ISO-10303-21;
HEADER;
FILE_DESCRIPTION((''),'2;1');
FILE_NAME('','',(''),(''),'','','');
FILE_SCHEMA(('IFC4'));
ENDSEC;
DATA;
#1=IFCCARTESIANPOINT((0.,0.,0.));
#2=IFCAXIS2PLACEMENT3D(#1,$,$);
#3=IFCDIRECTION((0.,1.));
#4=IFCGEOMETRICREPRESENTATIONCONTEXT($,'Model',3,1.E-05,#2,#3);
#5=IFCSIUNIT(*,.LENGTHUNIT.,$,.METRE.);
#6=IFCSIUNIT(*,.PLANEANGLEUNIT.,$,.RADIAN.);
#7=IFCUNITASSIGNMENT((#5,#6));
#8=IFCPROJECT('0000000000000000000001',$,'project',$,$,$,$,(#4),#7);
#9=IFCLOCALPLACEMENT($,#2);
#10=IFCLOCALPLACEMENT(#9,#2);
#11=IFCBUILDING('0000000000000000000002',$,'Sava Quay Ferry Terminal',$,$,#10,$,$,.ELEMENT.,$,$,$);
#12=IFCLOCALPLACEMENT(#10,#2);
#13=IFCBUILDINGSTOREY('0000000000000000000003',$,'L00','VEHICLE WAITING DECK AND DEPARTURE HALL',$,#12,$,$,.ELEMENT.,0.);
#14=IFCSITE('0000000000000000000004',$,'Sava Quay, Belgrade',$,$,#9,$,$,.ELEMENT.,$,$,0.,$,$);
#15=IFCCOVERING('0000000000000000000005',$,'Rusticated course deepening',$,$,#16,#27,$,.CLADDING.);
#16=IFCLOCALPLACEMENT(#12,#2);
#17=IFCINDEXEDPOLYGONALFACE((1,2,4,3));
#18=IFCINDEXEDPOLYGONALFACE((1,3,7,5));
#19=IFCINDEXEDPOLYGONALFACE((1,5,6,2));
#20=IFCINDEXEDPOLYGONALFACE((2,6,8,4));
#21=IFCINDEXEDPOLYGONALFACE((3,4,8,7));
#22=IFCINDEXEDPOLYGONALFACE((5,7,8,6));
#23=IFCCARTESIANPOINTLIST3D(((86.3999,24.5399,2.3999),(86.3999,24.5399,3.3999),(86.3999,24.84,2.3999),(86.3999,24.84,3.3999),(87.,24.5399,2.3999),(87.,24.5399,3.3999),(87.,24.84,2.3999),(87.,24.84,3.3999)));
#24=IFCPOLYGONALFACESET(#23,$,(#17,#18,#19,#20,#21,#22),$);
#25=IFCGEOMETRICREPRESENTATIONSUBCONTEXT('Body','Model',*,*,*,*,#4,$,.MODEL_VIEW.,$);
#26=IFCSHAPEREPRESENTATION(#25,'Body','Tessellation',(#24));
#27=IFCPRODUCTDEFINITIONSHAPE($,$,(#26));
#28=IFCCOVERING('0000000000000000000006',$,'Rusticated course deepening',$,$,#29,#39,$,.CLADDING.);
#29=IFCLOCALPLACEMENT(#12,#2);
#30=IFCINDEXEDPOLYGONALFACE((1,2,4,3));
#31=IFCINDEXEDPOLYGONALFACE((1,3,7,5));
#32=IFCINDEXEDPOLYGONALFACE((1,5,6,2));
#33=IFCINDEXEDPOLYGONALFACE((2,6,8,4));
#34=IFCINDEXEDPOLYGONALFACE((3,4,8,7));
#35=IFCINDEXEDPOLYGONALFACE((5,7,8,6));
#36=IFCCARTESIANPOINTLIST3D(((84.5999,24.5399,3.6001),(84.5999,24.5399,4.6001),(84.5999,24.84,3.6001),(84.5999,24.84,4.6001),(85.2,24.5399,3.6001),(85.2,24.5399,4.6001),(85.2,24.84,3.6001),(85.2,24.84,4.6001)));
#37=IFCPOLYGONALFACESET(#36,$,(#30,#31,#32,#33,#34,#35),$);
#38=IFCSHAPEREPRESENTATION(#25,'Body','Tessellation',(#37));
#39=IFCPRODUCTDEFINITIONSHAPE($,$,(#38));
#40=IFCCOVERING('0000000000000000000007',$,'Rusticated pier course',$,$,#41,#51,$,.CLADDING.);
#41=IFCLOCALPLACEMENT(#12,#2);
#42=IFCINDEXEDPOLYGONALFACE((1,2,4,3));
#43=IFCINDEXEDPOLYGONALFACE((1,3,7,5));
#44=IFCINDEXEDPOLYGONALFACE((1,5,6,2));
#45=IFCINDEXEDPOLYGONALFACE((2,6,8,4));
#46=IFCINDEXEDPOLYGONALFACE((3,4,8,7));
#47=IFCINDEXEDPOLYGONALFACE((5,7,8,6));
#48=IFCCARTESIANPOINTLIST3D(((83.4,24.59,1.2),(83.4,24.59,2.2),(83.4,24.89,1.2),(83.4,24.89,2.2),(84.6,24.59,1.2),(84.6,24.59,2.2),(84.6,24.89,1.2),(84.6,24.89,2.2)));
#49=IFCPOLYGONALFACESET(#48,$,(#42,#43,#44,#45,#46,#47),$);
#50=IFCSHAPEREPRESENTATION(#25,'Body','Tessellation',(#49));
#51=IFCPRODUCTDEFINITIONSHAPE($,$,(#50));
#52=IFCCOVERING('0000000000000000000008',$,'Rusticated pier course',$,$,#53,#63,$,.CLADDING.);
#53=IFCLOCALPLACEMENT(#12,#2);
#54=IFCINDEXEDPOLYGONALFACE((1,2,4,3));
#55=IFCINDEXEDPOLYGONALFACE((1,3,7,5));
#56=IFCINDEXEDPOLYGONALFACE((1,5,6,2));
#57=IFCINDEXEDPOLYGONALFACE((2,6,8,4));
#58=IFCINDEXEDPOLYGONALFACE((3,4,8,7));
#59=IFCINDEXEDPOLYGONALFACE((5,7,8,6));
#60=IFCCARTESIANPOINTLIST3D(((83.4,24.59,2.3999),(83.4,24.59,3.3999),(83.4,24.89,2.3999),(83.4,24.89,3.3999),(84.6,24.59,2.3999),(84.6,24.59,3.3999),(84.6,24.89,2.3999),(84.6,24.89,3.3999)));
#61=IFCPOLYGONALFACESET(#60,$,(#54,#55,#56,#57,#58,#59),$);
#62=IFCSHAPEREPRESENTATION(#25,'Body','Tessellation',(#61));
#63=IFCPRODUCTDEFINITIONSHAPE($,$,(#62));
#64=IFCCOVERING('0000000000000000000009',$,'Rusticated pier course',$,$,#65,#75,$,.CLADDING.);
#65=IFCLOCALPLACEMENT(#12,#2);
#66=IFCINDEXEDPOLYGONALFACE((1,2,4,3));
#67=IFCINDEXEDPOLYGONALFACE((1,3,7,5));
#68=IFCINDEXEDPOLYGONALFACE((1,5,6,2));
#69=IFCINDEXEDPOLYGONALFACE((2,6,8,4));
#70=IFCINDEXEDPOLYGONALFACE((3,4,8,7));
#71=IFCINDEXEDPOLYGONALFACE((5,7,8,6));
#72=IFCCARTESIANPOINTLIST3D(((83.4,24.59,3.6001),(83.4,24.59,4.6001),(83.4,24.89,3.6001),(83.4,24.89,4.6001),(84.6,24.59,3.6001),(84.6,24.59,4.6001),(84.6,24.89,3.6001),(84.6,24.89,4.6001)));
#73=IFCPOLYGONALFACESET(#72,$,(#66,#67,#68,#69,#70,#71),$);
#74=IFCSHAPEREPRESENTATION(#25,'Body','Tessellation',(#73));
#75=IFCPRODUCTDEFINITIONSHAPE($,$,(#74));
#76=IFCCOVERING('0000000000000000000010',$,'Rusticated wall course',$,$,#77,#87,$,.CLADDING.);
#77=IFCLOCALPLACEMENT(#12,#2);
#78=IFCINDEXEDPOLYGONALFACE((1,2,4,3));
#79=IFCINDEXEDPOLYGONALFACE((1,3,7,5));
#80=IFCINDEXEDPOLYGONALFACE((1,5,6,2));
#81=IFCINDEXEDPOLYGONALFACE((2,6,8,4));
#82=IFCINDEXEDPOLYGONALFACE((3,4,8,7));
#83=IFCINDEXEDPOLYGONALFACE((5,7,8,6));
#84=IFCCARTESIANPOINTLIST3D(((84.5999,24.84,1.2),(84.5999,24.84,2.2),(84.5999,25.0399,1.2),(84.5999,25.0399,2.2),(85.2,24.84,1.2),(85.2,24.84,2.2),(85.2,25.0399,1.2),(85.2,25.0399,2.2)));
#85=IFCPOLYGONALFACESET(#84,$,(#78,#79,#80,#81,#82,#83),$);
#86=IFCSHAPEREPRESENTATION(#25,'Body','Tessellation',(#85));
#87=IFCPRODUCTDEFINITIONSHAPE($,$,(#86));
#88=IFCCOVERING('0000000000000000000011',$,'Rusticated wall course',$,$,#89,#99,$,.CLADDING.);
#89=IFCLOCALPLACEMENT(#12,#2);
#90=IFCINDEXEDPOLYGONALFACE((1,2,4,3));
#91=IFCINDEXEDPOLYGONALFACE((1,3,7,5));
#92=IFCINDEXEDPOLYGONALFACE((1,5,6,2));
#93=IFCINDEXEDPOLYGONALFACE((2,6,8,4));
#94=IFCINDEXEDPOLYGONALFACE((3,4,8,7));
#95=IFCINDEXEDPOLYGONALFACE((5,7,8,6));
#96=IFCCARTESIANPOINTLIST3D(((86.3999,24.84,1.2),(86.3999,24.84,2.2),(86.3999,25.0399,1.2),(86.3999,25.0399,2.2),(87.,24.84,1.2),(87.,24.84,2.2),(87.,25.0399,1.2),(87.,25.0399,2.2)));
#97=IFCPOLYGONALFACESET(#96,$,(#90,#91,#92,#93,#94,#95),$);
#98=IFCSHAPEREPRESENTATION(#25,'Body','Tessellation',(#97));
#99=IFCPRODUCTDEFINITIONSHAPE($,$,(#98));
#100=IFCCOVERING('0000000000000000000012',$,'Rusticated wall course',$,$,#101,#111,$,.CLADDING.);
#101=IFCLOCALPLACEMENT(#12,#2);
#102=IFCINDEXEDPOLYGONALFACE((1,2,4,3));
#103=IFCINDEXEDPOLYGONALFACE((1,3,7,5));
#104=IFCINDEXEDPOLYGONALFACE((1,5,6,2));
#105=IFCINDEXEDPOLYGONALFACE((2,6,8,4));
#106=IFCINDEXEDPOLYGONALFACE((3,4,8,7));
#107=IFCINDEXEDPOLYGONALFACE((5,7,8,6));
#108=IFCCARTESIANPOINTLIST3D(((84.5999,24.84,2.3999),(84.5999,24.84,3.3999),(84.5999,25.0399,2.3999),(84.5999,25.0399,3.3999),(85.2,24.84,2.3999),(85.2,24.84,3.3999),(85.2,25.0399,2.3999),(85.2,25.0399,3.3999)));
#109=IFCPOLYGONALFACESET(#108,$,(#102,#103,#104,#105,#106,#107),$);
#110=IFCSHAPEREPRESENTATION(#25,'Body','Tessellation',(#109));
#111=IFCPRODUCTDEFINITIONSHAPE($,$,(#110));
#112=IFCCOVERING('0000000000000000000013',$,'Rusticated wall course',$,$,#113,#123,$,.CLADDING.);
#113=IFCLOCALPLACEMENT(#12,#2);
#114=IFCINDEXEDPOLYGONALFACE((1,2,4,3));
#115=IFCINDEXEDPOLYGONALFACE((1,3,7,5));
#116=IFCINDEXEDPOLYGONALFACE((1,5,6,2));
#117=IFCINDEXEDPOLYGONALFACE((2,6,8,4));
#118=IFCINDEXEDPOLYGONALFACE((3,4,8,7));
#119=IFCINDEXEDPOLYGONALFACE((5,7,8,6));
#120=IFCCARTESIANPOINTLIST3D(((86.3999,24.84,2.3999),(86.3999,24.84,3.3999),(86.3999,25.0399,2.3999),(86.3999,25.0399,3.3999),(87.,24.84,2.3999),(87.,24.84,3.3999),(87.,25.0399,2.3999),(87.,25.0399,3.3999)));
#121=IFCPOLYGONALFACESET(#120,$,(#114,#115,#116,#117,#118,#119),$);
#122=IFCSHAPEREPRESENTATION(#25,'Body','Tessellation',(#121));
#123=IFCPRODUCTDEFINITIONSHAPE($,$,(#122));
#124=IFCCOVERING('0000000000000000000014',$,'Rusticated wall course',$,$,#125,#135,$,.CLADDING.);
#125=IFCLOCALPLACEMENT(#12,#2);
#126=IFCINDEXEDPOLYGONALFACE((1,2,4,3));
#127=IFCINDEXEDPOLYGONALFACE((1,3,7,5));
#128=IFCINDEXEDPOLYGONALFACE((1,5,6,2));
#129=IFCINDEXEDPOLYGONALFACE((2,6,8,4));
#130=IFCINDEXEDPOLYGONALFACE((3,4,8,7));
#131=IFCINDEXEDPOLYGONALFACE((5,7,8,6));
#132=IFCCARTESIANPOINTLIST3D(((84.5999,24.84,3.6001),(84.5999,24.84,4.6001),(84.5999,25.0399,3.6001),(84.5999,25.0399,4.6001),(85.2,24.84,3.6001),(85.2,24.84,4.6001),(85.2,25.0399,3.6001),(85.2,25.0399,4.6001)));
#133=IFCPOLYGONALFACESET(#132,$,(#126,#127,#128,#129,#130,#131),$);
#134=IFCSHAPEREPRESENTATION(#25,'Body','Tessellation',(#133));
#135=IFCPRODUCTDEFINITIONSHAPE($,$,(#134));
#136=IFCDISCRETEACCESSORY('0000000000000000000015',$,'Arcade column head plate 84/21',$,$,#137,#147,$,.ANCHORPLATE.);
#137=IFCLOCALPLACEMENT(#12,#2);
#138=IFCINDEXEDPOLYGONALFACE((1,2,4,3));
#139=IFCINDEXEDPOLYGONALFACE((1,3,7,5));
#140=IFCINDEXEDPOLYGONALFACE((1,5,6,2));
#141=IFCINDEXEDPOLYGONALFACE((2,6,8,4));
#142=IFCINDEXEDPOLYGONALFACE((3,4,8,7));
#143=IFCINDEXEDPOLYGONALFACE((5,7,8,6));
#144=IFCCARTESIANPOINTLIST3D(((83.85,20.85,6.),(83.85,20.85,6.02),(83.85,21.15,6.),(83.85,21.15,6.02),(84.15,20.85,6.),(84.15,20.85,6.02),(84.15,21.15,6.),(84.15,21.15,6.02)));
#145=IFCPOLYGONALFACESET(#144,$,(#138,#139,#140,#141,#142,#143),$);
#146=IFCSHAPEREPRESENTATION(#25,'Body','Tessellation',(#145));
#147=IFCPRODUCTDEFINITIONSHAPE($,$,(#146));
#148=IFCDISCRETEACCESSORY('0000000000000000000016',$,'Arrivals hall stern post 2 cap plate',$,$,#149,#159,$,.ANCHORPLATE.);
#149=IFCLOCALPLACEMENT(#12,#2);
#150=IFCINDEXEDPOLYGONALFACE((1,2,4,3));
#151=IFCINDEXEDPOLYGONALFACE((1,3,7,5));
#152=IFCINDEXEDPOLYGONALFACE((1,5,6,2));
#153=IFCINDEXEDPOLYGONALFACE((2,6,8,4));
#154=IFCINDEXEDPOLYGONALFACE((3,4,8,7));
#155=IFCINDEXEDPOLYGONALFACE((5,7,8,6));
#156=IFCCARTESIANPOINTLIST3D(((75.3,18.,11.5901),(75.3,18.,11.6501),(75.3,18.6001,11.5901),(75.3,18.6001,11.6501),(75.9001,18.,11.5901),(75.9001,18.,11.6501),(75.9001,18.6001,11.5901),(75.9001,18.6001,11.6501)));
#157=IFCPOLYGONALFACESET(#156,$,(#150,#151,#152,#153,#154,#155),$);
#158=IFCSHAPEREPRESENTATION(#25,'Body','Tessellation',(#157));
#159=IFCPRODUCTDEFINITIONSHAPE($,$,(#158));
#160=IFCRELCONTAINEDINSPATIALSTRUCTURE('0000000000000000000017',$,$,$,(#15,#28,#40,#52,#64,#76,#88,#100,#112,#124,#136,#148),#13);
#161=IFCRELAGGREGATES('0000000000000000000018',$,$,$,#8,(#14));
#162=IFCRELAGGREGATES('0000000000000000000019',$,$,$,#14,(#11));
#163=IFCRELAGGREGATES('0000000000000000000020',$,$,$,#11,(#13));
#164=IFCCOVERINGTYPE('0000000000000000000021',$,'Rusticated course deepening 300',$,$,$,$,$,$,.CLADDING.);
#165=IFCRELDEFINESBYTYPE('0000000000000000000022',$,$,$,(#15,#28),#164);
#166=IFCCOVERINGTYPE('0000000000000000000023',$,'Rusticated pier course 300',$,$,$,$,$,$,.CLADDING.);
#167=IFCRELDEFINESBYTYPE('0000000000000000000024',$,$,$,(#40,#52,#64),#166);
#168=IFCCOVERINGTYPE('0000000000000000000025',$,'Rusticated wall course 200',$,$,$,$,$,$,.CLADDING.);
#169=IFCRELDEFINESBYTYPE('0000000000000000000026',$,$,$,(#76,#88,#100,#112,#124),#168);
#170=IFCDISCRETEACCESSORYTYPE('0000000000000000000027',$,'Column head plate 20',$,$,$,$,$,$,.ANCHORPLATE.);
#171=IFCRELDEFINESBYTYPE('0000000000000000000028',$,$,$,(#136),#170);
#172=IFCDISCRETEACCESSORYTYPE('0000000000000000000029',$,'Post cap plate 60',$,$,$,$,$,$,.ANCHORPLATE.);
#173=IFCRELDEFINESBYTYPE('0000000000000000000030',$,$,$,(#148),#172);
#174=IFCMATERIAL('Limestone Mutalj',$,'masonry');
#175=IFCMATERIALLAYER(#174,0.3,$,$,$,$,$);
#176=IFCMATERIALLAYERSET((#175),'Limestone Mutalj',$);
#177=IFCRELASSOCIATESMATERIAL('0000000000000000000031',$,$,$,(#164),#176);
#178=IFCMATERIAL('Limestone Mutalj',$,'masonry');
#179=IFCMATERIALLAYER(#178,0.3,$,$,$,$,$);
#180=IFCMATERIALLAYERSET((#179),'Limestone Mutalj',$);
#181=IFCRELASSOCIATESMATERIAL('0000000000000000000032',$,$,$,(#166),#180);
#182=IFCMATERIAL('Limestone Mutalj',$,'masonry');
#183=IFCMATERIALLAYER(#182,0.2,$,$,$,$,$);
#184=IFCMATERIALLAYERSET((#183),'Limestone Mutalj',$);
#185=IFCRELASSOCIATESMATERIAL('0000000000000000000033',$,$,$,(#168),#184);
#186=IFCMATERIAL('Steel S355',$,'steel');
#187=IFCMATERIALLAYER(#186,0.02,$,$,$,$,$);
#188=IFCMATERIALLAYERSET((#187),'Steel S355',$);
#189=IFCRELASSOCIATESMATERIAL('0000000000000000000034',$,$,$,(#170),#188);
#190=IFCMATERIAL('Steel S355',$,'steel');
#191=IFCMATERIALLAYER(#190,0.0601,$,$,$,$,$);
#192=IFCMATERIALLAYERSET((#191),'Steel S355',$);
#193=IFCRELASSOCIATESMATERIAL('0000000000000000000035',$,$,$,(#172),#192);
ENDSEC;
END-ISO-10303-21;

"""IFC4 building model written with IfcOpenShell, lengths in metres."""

from ifc_helpers import new_model, si_unit, direction, frame, origin, origin_2d, place, context, subcontext, project, spatial, rectangle, extrude, material, layer, layer_set, type_object, element, save


model = new_model("IFC4")

# Units and contexts
model_context = context("Model", 3, precision=1e-05, world=origin(), true_north=direction((0.0, 1.0)))
body_context = subcontext(model_context, "Body", "Model", "MODEL_VIEW")
ifc_project = project(units=[si_unit("LENGTHUNIT", "METRE"), si_unit("PLANEANGLEUNIT", "RADIAN")], contexts=[model_context])

# Site, building, storey
site_placement = place(None, origin())
site = spatial("IfcSite", under=ifc_project, at=site_placement, Name="Sava Quay, Belgrade", CompositionType="ELEMENT", RefElevation=0.0)
building_placement = place(site_placement, origin())
building = spatial("IfcBuilding", under=site, at=building_placement, Name="Sava Quay Ferry Terminal", CompositionType="ELEMENT")
storey_placement = place(building_placement, origin())
storey = spatial("IfcBuildingStorey", under=building, at=storey_placement, Name="L00", Description="VEHICLE WAITING DECK AND DEPARTURE HALL", CompositionType="ELEMENT", Elevation=0.0)

# Coverings
ifc_material_1 = material(Name="Limestone Mutalj", Category="masonry")
ifc_layer_1 = layer(ifc_material_1, 0.3)
ifc_layer_set_1 = layer_set([ifc_layer_1], Name="Limestone Mutalj")
covering_type_1 = type_object("IfcCoveringType", Name="Rusticated course deepening 300", PredefinedType="CLADDING", material=ifc_layer_set_1)
for number, where, z_axis, x_axis, name in (
    (1, (86.7, 24.6899, 2.3999), (0.0, 0.0, 1.0), (1.0, 0.0, 0.0), "Rusticated course deepening"),
    (2, (84.8999, 24.6899, 3.6001), (0.0, 0.0, 1.0), (1.0, 0.0, 0.0), "Rusticated course deepening"),
):
    element("IfcCovering", number, at=place(storey_placement, frame(where, z_axis=z_axis, x_axis=x_axis)), inside=storey, type_object=covering_type_1, Name=name, PredefinedType="CLADDING", context=body_context, shape_type="SweptSolid", body=[
        extrude(rectangle(XDim=0.6001, YDim=0.3, at=origin_2d()), origin(), (0.0, 0.0, 1.0), 1.0),
    ])
ifc_material_2 = material(Name="Limestone Mutalj", Category="masonry")
ifc_layer_2 = layer(ifc_material_2, 0.3)
ifc_layer_set_2 = layer_set([ifc_layer_2], Name="Limestone Mutalj")
covering_type_2 = type_object("IfcCoveringType", Name="Rusticated pier course 300", PredefinedType="CLADDING", material=ifc_layer_set_2)
for number, where, z_axis, x_axis, name in (
    (3, (84.0, 24.74, 1.2), (0.0, 0.0, 1.0), (1.0, 0.0, 0.0), "Rusticated pier course"),
    (4, (84.0, 24.74, 2.3999), (0.0, 0.0, 1.0), (1.0, 0.0, 0.0), "Rusticated pier course"),
    (5, (84.0, 24.74, 3.6001), (0.0, 0.0, 1.0), (1.0, 0.0, 0.0), "Rusticated pier course"),
):
    element("IfcCovering", number, at=place(storey_placement, frame(where, z_axis=z_axis, x_axis=x_axis)), inside=storey, type_object=covering_type_2, Name=name, PredefinedType="CLADDING", context=body_context, shape_type="SweptSolid", body=[
        extrude(rectangle(XDim=1.2, YDim=0.3, at=origin_2d()), origin(), (0.0, 0.0, 1.0), 1.0),
    ])
ifc_material_3 = material(Name="Limestone Mutalj", Category="masonry")
ifc_layer_3 = layer(ifc_material_3, 0.2)
ifc_layer_set_3 = layer_set([ifc_layer_3], Name="Limestone Mutalj")
covering_type_3 = type_object("IfcCoveringType", Name="Rusticated wall course 200", PredefinedType="CLADDING", material=ifc_layer_set_3)
for number, where, z_axis, x_axis, name in (
    (6, (84.8999, 24.9399, 1.2), (0.0, 0.0, 1.0), (1.0, 0.0, 0.0), "Rusticated wall course"),
    (7, (86.7, 24.9399, 1.2), (0.0, 0.0, 1.0), (1.0, 0.0, 0.0), "Rusticated wall course"),
    (8, (84.8999, 24.9399, 2.3999), (0.0, 0.0, 1.0), (1.0, 0.0, 0.0), "Rusticated wall course"),
    (9, (86.7, 24.9399, 2.3999), (0.0, 0.0, 1.0), (1.0, 0.0, 0.0), "Rusticated wall course"),
    (10, (84.8999, 24.9399, 3.6001), (0.0, 0.0, 1.0), (1.0, 0.0, 0.0), "Rusticated wall course"),
):
    element("IfcCovering", number, at=place(storey_placement, frame(where, z_axis=z_axis, x_axis=x_axis)), inside=storey, type_object=covering_type_3, Name=name, PredefinedType="CLADDING", context=body_context, shape_type="SweptSolid", body=[
        extrude(rectangle(XDim=0.6001, YDim=0.2, at=origin_2d()), origin(), (0.0, 0.0, 1.0), 1.0),
    ])

# Discrete accessories
ifc_material_4 = material(Name="Steel S355", Category="steel")
ifc_layer_4 = layer(ifc_material_4, 0.02)
ifc_layer_set_4 = layer_set([ifc_layer_4], Name="Steel S355")
discrete_accessory_type_1 = type_object("IfcDiscreteAccessoryType", Name="Column head plate 20", PredefinedType="ANCHORPLATE", material=ifc_layer_set_4)
discrete_accessory_1_placement = place(storey_placement, frame((84.0, 21.0, 6.0), z_axis=(0.0, 0.0, 1.0), x_axis=(1.0, 0.0, 0.0)))
element("IfcDiscreteAccessory", 11, at=discrete_accessory_1_placement, inside=storey, type_object=discrete_accessory_type_1, Name="Arcade column head plate 84/21", PredefinedType="ANCHORPLATE", context=body_context, shape_type="SweptSolid", body=[
    extrude(rectangle(XDim=0.3, YDim=0.3, at=origin_2d()), origin(), (0.0, 0.0, 1.0), 0.02),
])
ifc_material_5 = material(Name="Steel S355", Category="steel")
ifc_layer_5 = layer(ifc_material_5, 0.0601)
ifc_layer_set_5 = layer_set([ifc_layer_5], Name="Steel S355")
discrete_accessory_type_2 = type_object("IfcDiscreteAccessoryType", Name="Post cap plate 60", PredefinedType="ANCHORPLATE", material=ifc_layer_set_5)
discrete_accessory_2_placement = place(storey_placement, frame((75.6001, 18.3, 11.5901), z_axis=(0.0, 0.0, 1.0), x_axis=(1.0, 0.0, 0.0)))
element("IfcDiscreteAccessory", 12, at=discrete_accessory_2_placement, inside=storey, type_object=discrete_accessory_type_2, Name="Arrivals hall stern post 2 cap plate", PredefinedType="ANCHORPLATE", context=body_context, shape_type="SweptSolid", body=[
    extrude(rectangle(XDim=0.6001, YDim=0.6001, at=origin_2d()), origin(), (0.0, 0.0, 1.0), 0.0601),
])

save(model, "model.ifc")
